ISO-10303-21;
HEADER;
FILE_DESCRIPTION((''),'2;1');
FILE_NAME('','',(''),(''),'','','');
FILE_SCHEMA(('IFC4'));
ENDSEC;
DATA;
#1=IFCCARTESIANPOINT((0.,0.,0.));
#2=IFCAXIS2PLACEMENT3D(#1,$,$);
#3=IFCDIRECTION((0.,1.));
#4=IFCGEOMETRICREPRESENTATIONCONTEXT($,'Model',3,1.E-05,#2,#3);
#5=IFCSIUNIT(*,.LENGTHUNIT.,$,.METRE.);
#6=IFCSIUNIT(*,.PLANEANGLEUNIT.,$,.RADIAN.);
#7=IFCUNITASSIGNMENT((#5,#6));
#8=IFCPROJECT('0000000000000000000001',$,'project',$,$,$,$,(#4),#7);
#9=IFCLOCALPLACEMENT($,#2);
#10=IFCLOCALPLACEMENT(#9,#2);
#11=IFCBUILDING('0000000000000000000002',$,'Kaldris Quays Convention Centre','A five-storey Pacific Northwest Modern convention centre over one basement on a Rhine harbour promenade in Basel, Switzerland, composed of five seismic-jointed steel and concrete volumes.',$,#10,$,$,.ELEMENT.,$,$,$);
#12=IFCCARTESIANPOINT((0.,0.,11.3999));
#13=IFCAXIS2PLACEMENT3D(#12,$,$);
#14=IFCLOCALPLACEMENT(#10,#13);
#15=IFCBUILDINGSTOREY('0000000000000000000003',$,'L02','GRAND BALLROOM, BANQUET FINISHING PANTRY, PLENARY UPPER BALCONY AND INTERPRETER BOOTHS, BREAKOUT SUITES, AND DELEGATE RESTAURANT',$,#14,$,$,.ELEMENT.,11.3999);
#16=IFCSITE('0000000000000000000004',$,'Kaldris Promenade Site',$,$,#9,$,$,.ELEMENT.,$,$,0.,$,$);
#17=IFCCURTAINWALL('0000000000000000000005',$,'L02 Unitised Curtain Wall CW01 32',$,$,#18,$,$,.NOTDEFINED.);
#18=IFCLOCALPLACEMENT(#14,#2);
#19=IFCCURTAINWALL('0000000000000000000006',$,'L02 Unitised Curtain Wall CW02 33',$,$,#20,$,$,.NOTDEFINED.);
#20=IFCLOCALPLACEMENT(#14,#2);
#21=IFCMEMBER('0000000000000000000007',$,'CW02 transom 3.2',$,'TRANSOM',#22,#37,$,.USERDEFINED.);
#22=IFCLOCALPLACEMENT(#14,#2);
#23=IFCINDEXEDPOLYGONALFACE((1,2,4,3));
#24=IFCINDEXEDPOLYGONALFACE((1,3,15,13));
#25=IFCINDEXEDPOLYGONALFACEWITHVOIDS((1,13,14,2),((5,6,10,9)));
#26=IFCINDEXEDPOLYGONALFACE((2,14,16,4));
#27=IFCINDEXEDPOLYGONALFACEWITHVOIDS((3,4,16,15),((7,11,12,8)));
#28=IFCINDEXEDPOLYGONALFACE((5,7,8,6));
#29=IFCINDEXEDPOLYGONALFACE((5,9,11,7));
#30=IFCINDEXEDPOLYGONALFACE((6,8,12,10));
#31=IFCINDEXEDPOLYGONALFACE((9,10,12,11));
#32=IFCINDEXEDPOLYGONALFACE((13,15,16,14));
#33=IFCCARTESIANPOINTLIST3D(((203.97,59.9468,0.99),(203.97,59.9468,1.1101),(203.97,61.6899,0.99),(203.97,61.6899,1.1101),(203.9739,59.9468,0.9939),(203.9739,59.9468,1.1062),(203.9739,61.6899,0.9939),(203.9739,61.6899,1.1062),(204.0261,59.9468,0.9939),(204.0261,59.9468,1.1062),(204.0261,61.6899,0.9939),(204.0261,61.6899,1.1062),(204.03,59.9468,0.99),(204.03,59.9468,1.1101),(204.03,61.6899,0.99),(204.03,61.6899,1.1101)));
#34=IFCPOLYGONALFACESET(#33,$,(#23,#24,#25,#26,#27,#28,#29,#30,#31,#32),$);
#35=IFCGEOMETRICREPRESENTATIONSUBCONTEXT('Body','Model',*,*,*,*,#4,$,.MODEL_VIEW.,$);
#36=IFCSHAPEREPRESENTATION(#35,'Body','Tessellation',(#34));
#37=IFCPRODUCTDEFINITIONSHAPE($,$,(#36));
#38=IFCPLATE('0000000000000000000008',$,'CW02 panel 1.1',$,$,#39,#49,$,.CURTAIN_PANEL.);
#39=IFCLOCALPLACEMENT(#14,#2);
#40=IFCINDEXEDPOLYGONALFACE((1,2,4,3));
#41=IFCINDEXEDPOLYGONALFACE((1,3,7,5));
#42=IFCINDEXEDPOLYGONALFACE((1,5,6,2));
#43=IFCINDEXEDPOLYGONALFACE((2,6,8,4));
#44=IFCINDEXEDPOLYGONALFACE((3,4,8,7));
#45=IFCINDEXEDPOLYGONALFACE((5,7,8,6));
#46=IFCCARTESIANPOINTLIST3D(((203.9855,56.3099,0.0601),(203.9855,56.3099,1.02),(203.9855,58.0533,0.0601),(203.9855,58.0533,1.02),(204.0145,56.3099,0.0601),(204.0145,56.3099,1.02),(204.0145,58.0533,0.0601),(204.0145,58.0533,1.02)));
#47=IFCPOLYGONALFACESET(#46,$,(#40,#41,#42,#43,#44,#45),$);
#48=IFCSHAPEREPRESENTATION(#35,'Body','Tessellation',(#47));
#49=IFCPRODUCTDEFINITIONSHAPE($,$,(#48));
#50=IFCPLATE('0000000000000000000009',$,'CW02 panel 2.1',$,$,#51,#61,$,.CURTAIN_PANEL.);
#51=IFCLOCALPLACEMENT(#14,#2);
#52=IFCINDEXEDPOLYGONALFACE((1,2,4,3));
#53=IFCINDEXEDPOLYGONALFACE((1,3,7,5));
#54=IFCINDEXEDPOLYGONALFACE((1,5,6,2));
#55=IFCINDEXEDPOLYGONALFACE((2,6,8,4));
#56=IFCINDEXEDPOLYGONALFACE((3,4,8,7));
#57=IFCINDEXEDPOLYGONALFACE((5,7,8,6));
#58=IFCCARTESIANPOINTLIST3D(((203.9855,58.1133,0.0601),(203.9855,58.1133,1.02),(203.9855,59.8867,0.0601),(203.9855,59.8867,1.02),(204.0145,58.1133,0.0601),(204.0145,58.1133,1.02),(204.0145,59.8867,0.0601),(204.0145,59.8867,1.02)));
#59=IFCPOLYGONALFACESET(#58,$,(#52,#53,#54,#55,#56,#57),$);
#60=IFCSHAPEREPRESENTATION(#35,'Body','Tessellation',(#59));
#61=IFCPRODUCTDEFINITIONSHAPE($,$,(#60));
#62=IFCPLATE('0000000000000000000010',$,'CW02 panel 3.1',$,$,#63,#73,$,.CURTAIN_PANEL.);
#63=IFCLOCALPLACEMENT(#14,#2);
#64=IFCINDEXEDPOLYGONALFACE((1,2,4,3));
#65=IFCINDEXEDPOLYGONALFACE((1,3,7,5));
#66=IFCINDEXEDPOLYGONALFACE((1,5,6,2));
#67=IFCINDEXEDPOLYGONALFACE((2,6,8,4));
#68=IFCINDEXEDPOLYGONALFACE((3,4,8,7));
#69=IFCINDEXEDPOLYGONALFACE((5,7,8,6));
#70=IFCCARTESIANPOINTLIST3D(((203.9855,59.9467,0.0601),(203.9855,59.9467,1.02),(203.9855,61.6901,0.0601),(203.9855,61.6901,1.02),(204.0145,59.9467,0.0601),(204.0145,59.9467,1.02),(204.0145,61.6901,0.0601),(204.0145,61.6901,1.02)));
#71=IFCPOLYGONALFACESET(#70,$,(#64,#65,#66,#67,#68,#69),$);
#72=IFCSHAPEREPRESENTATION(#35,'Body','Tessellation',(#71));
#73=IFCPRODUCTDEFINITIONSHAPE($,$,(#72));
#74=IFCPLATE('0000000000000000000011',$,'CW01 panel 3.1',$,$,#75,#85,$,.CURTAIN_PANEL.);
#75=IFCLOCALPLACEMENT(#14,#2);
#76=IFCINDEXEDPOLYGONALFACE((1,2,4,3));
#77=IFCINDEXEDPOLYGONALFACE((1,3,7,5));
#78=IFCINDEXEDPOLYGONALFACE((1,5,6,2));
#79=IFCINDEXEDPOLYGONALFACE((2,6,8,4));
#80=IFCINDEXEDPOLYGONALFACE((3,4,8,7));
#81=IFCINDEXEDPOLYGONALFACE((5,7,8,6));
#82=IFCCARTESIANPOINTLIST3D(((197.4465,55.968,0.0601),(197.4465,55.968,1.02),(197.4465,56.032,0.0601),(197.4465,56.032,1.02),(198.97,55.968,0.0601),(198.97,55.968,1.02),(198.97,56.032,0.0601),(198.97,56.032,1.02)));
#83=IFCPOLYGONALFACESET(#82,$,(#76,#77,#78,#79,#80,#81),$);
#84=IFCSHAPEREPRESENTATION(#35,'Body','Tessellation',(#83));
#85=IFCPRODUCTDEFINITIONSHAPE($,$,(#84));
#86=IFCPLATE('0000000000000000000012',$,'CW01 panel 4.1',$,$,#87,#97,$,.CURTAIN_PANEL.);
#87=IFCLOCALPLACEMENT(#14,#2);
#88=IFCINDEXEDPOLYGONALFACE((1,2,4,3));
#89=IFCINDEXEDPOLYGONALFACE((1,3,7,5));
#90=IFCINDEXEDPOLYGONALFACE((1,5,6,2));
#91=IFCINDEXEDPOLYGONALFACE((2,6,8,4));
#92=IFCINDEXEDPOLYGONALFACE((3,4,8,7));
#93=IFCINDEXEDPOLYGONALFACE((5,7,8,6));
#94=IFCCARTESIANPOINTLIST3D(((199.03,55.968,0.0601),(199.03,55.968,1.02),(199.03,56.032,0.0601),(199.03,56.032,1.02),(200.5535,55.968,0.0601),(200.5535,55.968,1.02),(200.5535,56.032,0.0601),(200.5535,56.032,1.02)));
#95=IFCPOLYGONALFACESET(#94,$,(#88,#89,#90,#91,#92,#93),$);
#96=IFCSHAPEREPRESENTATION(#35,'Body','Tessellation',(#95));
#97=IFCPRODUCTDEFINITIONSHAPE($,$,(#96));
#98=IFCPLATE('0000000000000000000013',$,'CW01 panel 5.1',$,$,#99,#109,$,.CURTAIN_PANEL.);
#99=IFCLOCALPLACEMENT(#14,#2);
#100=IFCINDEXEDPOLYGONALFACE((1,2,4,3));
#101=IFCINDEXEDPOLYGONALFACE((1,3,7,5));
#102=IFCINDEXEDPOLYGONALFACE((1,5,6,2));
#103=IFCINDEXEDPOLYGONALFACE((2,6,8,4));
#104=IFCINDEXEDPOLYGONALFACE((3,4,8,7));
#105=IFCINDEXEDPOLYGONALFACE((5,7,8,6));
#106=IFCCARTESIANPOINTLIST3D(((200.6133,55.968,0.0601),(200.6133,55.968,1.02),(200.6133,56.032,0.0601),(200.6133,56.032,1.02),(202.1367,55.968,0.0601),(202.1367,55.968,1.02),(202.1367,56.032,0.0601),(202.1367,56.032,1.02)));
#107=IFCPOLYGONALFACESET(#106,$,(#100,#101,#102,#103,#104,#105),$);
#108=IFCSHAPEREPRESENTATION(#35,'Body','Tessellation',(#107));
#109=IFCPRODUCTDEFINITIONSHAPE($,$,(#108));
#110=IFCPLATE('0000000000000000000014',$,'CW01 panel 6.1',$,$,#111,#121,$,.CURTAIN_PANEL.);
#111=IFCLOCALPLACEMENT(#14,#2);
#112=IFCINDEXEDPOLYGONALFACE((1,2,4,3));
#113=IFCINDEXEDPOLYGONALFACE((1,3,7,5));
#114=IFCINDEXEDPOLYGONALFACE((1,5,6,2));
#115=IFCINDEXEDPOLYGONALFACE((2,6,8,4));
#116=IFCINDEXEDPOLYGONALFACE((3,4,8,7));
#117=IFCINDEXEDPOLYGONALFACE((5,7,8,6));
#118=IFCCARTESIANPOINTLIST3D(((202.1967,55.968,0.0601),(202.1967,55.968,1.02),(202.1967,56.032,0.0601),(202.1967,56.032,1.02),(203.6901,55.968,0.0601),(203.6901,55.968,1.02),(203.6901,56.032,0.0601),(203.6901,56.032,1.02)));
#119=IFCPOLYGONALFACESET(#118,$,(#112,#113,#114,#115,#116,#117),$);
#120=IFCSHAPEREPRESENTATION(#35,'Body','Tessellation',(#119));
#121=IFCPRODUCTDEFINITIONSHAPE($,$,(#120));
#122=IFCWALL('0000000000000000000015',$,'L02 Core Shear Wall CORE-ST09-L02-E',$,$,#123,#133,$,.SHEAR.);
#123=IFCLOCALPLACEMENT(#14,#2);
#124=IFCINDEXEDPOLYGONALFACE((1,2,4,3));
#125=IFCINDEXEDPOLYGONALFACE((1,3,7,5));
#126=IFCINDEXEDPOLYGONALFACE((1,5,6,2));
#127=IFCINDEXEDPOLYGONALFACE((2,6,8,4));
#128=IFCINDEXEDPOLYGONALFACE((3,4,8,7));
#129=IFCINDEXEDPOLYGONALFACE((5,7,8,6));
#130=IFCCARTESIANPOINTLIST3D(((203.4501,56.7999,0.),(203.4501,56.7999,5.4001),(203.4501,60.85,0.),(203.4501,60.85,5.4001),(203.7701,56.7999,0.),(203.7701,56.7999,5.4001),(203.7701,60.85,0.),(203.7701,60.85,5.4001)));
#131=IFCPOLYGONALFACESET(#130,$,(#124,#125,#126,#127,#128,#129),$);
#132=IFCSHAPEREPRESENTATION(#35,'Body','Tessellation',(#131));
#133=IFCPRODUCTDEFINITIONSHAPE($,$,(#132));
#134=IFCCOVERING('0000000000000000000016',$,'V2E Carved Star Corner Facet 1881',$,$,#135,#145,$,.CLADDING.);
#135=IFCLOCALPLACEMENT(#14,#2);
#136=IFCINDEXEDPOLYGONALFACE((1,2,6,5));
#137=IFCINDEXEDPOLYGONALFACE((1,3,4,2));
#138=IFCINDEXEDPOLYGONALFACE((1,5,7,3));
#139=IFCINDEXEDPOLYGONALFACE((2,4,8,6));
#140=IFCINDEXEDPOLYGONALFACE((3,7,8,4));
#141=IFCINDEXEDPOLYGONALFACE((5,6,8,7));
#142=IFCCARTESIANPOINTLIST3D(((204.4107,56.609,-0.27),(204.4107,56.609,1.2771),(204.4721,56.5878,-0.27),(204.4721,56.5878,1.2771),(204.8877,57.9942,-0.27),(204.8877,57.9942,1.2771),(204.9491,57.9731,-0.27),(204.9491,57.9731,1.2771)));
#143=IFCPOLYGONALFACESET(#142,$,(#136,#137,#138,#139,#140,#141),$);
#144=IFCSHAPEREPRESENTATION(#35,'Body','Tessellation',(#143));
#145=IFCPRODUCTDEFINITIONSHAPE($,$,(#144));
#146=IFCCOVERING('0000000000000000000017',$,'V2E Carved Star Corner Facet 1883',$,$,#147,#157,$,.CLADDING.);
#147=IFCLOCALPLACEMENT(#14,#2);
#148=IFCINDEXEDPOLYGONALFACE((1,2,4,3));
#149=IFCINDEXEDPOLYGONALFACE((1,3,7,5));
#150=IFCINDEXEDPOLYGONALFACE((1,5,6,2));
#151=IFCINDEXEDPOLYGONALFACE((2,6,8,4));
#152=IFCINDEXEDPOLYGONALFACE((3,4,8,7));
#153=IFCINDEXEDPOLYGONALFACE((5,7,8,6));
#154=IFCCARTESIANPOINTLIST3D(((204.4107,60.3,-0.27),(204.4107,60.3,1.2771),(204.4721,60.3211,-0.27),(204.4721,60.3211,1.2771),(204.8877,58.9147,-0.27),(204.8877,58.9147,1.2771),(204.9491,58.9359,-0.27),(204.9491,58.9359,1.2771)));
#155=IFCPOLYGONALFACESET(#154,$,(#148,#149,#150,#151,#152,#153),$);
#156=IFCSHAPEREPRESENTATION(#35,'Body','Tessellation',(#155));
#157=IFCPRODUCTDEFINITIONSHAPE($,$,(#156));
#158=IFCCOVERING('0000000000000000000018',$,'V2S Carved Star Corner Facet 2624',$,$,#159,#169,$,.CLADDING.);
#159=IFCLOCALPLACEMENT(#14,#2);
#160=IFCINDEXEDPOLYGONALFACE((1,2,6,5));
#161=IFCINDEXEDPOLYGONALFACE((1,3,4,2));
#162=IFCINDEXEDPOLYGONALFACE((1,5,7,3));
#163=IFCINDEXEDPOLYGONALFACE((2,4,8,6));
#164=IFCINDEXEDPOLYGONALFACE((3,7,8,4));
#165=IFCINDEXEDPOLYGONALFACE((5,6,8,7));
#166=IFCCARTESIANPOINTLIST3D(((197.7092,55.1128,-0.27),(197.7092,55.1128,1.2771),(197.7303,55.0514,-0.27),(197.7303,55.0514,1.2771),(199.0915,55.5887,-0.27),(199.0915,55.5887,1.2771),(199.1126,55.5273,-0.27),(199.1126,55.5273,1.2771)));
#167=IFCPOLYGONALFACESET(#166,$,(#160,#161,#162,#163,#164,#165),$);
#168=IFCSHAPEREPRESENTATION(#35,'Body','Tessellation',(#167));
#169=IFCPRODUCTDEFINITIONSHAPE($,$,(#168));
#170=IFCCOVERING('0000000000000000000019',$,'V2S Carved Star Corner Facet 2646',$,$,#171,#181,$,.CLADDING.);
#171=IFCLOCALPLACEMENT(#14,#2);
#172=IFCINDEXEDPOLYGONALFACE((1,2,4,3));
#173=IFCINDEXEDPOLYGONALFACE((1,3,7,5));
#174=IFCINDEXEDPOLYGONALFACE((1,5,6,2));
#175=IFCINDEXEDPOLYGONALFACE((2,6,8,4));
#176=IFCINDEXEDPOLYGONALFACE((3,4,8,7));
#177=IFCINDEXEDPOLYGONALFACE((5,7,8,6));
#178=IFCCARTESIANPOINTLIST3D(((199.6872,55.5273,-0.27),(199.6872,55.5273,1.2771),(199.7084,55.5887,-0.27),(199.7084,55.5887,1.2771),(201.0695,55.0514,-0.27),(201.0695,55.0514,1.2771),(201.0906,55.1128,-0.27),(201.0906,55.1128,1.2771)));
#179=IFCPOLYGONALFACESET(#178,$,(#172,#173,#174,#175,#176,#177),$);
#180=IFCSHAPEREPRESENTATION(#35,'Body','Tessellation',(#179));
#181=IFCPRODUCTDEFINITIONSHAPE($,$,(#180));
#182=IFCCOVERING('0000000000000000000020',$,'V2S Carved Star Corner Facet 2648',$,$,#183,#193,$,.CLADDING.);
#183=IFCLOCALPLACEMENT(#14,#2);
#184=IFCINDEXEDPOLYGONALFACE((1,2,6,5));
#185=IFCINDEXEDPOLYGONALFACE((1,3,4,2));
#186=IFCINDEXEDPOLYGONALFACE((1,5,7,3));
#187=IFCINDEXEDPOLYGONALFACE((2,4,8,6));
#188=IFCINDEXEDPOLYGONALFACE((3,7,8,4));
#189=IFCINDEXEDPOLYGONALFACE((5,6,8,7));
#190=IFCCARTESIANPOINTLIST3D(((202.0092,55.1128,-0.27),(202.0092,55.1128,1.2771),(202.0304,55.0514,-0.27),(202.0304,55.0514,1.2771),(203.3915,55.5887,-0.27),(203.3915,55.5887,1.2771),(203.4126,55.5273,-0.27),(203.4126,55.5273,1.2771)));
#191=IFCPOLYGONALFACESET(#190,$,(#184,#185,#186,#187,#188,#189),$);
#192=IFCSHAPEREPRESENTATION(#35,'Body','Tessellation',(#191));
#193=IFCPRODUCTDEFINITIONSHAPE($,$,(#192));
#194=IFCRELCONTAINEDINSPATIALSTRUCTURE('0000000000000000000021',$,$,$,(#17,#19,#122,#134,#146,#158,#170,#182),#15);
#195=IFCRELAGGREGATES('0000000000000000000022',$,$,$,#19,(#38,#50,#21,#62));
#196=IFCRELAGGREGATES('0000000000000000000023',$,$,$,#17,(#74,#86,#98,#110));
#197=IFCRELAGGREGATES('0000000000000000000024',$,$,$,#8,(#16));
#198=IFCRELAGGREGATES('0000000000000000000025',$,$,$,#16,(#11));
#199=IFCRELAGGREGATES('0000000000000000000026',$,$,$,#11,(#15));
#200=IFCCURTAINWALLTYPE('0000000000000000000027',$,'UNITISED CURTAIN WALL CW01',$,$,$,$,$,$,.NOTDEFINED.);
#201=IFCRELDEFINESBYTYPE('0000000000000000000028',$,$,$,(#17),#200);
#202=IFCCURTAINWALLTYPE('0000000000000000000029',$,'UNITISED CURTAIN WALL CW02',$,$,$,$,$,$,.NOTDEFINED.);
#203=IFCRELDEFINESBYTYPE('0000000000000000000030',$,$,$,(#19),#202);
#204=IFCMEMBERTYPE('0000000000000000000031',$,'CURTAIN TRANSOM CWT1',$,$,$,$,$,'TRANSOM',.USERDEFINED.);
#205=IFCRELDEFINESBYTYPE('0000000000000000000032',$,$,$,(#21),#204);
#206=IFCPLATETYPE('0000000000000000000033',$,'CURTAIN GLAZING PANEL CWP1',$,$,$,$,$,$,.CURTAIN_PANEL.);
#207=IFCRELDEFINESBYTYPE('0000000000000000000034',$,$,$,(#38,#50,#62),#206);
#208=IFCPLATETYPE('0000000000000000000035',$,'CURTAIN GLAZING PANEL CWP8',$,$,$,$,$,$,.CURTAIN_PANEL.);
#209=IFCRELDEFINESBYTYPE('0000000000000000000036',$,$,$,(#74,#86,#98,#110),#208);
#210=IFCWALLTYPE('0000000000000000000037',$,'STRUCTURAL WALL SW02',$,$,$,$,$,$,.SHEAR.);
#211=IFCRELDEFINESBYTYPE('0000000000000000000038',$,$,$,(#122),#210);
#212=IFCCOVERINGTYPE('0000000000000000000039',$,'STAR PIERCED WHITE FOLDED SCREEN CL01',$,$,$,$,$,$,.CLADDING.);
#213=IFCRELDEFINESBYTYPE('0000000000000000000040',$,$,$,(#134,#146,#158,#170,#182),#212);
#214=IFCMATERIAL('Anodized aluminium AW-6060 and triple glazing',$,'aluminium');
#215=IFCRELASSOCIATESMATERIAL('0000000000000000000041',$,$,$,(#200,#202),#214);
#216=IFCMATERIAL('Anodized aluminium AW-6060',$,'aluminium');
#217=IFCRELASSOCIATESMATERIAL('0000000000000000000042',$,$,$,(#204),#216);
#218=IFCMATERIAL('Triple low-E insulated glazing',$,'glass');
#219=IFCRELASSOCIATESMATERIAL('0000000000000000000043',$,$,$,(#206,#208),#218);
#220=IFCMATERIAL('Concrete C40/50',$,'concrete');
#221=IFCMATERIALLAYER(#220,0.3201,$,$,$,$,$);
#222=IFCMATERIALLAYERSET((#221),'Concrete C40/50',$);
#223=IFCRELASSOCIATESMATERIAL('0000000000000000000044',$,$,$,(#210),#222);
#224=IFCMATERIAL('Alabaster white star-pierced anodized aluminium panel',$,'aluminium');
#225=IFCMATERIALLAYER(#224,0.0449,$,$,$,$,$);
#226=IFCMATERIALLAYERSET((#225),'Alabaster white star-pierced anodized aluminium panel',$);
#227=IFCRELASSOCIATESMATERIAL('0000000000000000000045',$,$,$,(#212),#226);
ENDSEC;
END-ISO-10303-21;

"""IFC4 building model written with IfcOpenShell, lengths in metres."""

from ifc_helpers import new_model, si_unit, direction, frame, frame_2d, origin, origin_2d, place, context, subcontext, project, spatial, rectangle, hollow_rectangle, extrude, material, layer, layer_set, material_profile, profile_set, type_object, element, aggregate, save


model = new_model("IFC4")

# Units and contexts
model_context = context("Model", 3, precision=1e-05, world=origin(), true_north=direction((0.0, 1.0)))
body_context = subcontext(model_context, "Body", "Model", "MODEL_VIEW")
ifc_project = project(units=[si_unit("LENGTHUNIT", "METRE"), si_unit("PLANEANGLEUNIT", "RADIAN")], contexts=[model_context])

# Site, building, storey
site_placement = place(None, origin())
site = spatial("IfcSite", under=ifc_project, at=site_placement, Name="Kaldris Promenade Site", CompositionType="ELEMENT", RefElevation=0.0)
building_placement = place(site_placement, origin())
building = spatial("IfcBuilding", under=site, at=building_placement, Name="Kaldris Quays Convention Centre", Description="A five-storey Pacific Northwest Modern convention centre over one basement on a Rhine harbour promenade in Basel, Switzerland, composed of five seismic-jointed steel and concrete volumes.", CompositionType="ELEMENT")
storey_placement = place(building_placement, frame((0.0, 0.0, 11.3999)))
storey = spatial("IfcBuildingStorey", under=building, at=storey_placement, Name="L02", Description="GRAND BALLROOM, BANQUET FINISHING PANTRY, PLENARY UPPER BALCONY AND INTERPRETER BOOTHS, BREAKOUT SUITES, AND DELEGATE RESTAURANT", CompositionType="ELEMENT", Elevation=11.3999)

# Curtain walls
ifc_material_1 = material(Name="Anodized aluminium AW-6060 and triple glazing", Category="aluminium")
curtain_wall_type_1 = type_object("IfcCurtainWallType", Name="UNITISED CURTAIN WALL CW01", PredefinedType="NOTDEFINED", material=ifc_material_1)
curtain_wall_1_placement = place(storey_placement, origin())
curtain_wall_1 = element("IfcCurtainWall", 1, at=curtain_wall_1_placement, inside=storey, type_object=curtain_wall_type_1, Name="L02 Unitised Curtain Wall CW01 32", PredefinedType="NOTDEFINED")
ifc_material_2 = material(Name="Anodized aluminium AW-6060", Category="aluminium")
curtain_wall_type_2 = type_object("IfcCurtainWallType", Name="UNITISED CURTAIN WALL CW02", PredefinedType="NOTDEFINED", material=ifc_material_1)
curtain_wall_2_placement = place(storey_placement, origin())
curtain_wall_2 = element("IfcCurtainWall", 2, at=curtain_wall_2_placement, inside=storey, type_object=curtain_wall_type_2, Name="L02 Unitised Curtain Wall CW02 33", PredefinedType="NOTDEFINED")

# Member
ifc_material_profile_1 = material_profile(ifc_material_2, hollow_rectangle(XDim=0.0601, YDim=0.1201, WallThickness=0.0039, at=origin_2d()), Name="RHS 120x60x4")
ifc_profile_set_1 = profile_set([ifc_material_profile_1], Name="Anodized aluminium AW-6060")
member_type_1 = type_object("IfcMemberType", Name="CURTAIN TRANSOM CWT1", ElementType="TRANSOM", PredefinedType="USERDEFINED", material=ifc_profile_set_1)
member_1_placement = place(storey_placement, frame((204.0, 59.9468, 1.05), z_axis=(0.0, 1.0, 0.0), x_axis=(-1.0, 0.0, 0.0)))
member_1 = element("IfcMember", 3, at=member_1_placement, type_object=member_type_1, Name="CW02 transom 3.2", ObjectType="TRANSOM", PredefinedType="USERDEFINED", context=body_context, shape_type="SweptSolid", body=[
    extrude(hollow_rectangle(XDim=0.0601, YDim=0.1201, WallThickness=0.0039, at=origin_2d()), origin(), (0.0, 0.0, 1.0), 1.7432),
])

# Plates
ifc_material_3 = material(Name="Triple low-E insulated glazing", Category="glass")
plate_type_1 = type_object("IfcPlateType", Name="CURTAIN GLAZING PANEL CWP1", PredefinedType="CURTAIN_PANEL", material=ifc_material_3)
plate_1_placement = place(storey_placement, frame((204.0, 57.1816, 0.0601), z_axis=(0.0, 0.0, 1.0), x_axis=(0.0, 1.0, 0.0)))
plate_1 = element("IfcPlate", 4, at=plate_1_placement, type_object=plate_type_1, Name="CW02 panel 1.1", PredefinedType="CURTAIN_PANEL", context=body_context, shape_type="SweptSolid", body=[
    extrude(rectangle(XDim=1.7434, YDim=0.0291, at=origin_2d()), origin(), (0.0, 0.0, 1.0), 0.96),
])
plate_2_placement = place(storey_placement, frame((204.0, 59.0, 0.0601), z_axis=(0.0, 0.0, 1.0), x_axis=(0.0, 1.0, 0.0)))
plate_2 = element("IfcPlate", 5, at=plate_2_placement, type_object=plate_type_1, Name="CW02 panel 2.1", PredefinedType="CURTAIN_PANEL", context=body_context, shape_type="SweptSolid", body=[
    extrude(rectangle(XDim=1.7734, YDim=0.0291, at=origin_2d()), origin(), (0.0, 0.0, 1.0), 0.96),
])
plate_3_placement = place(storey_placement, frame((204.0, 60.8184, 0.0601), z_axis=(0.0, 0.0, 1.0), x_axis=(0.0, 1.0, 0.0)))
plate_3 = element("IfcPlate", 6, at=plate_3_placement, type_object=plate_type_1, Name="CW02 panel 3.1", PredefinedType="CURTAIN_PANEL", context=body_context, shape_type="SweptSolid", body=[
    extrude(rectangle(XDim=1.7434, YDim=0.0291, at=origin_2d()), origin(), (0.0, 0.0, 1.0), 0.96),
])
aggregate(curtain_wall_2, [plate_1, plate_2, member_1, plate_3])
plate_type_2 = type_object("IfcPlateType", Name="CURTAIN GLAZING PANEL CWP8", PredefinedType="CURTAIN_PANEL", material=ifc_material_3)
plate_4_placement = place(storey_placement, frame((198.2083, 56.0, 0.0601), z_axis=(0.0, 0.0, 1.0), x_axis=(1.0, 0.0, 0.0)))
plate_4 = element("IfcPlate", 7, at=plate_4_placement, type_object=plate_type_2, Name="CW01 panel 3.1", PredefinedType="CURTAIN_PANEL", context=body_context, shape_type="SweptSolid", body=[
    extrude(rectangle(XDim=1.5234, YDim=0.064, at=origin_2d()), origin(), (0.0, 0.0, 1.0), 0.96),
])
plate_5_placement = place(storey_placement, frame((199.7917, 56.0, 0.0601), z_axis=(0.0, 0.0, 1.0), x_axis=(1.0, 0.0, 0.0)))
plate_5 = element("IfcPlate", 8, at=plate_5_placement, type_object=plate_type_2, Name="CW01 panel 4.1", PredefinedType="CURTAIN_PANEL", context=body_context, shape_type="SweptSolid", body=[
    extrude(rectangle(XDim=1.5234, YDim=0.064, at=origin_2d()), origin(), (0.0, 0.0, 1.0), 0.96),
])
plate_6_placement = place(storey_placement, frame((201.375, 56.0, 0.0601), z_axis=(0.0, 0.0, 1.0), x_axis=(1.0, 0.0, 0.0)))
plate_6 = element("IfcPlate", 9, at=plate_6_placement, type_object=plate_type_2, Name="CW01 panel 5.1", PredefinedType="CURTAIN_PANEL", context=body_context, shape_type="SweptSolid", body=[
    extrude(rectangle(XDim=1.5234, YDim=0.064, at=origin_2d()), origin(), (0.0, 0.0, 1.0), 0.96),
])
plate_7_placement = place(storey_placement, frame((202.9434, 56.0, 0.0601), z_axis=(0.0, 0.0, 1.0), x_axis=(1.0, 0.0, 0.0)))
plate_7 = element("IfcPlate", 10, at=plate_7_placement, type_object=plate_type_2, Name="CW01 panel 6.1", PredefinedType="CURTAIN_PANEL", context=body_context, shape_type="SweptSolid", body=[
    extrude(rectangle(XDim=1.4934, YDim=0.064, at=origin_2d()), origin(), (0.0, 0.0, 1.0), 0.96),
])
aggregate(curtain_wall_1, [plate_4, plate_5, plate_6, plate_7])

# Wall
ifc_material_4 = material(Name="Concrete C40/50", Category="concrete")
ifc_layer_1 = layer(ifc_material_4, 0.3201)
ifc_layer_set_1 = layer_set([ifc_layer_1], Name="Concrete C40/50")
wall_type = type_object("IfcWallType", Name="STRUCTURAL WALL SW02", PredefinedType="SHEAR", material=ifc_layer_set_1)
wall_placement = place(storey_placement, frame((203.6101, 56.8, 0.0), z_axis=(0.0, 0.0, 1.0), x_axis=(0.0, 1.0, 0.0)))
element("IfcWall", 11, at=wall_placement, inside=storey, type_object=wall_type, Name="L02 Core Shear Wall CORE-ST09-L02-E", PredefinedType="SHEAR", context=body_context, shape_type="SweptSolid", body=[
    extrude(rectangle(XDim=4.05, YDim=0.3201, at=frame_2d((2.0249, 0.0))), origin(), (0.0, 0.0, 1.0), 5.4001),
])

# Coverings
ifc_material_5 = material(Name="Alabaster white star-pierced anodized aluminium panel", Category="aluminium")
ifc_layer_2 = layer(ifc_material_5, 0.0449)
ifc_layer_set_2 = layer_set([ifc_layer_2], Name="Alabaster white star-pierced anodized aluminium panel")
covering_type = type_object("IfcCoveringType", Name="STAR PIERCED WHITE FOLDED SCREEN CL01", PredefinedType="CLADDING", material=ifc_layer_set_2)
for number, where, z_axis, x_axis, name in (
    (12, (204.6799, 57.291, -0.27), (0.0, 0.0, 1.0), (0.325568, 0.945519, 0.0), "V2E Carved Star Corner Facet 1881"),
    (13, (204.6799, 59.6179, -0.27), (0.0, 0.0, 1.0), (-0.325568, 0.945519, 0.0), "V2E Carved Star Corner Facet 1883"),
):
    element("IfcCovering", number, at=place(storey_placement, frame(where, z_axis=z_axis, x_axis=x_axis)), inside=storey, type_object=covering_type, Name=name, PredefinedType="CLADDING", context=body_context, shape_type="SweptSolid", body=[
        extrude(rectangle(XDim=1.4651, YDim=0.0649, at=origin_2d()), origin(), (0.0, 0.0, 1.0), 1.5471),
    ])
for number, where, z_axis, x_axis, name in (
    (14, (198.4109, 55.3201, -0.27), (0.0, 0.0, 1.0), (0.945519, 0.325568, 0.0), "V2S Carved Star Corner Facet 2624"),
    (15, (200.3889, 55.3201, -0.27), (0.0, 0.0, 1.0), (0.945519, -0.325568, 0.0), "V2S Carved Star Corner Facet 2646"),
    (16, (202.7109, 55.3201, -0.27), (0.0, 0.0, 1.0), (0.945519, 0.325568, 0.0), "V2S Carved Star Corner Facet 2648"),
):
    element("IfcCovering", number, at=place(storey_placement, frame(where, z_axis=z_axis, x_axis=x_axis)), inside=storey, type_object=covering_type, Name=name, PredefinedType="CLADDING", context=body_context, shape_type="SweptSolid", body=[
        extrude(rectangle(XDim=1.4619, YDim=0.0649, at=origin_2d()), origin(), (0.0, 0.0, 1.0), 1.5471),
    ])

save(model, "model.ifc")
